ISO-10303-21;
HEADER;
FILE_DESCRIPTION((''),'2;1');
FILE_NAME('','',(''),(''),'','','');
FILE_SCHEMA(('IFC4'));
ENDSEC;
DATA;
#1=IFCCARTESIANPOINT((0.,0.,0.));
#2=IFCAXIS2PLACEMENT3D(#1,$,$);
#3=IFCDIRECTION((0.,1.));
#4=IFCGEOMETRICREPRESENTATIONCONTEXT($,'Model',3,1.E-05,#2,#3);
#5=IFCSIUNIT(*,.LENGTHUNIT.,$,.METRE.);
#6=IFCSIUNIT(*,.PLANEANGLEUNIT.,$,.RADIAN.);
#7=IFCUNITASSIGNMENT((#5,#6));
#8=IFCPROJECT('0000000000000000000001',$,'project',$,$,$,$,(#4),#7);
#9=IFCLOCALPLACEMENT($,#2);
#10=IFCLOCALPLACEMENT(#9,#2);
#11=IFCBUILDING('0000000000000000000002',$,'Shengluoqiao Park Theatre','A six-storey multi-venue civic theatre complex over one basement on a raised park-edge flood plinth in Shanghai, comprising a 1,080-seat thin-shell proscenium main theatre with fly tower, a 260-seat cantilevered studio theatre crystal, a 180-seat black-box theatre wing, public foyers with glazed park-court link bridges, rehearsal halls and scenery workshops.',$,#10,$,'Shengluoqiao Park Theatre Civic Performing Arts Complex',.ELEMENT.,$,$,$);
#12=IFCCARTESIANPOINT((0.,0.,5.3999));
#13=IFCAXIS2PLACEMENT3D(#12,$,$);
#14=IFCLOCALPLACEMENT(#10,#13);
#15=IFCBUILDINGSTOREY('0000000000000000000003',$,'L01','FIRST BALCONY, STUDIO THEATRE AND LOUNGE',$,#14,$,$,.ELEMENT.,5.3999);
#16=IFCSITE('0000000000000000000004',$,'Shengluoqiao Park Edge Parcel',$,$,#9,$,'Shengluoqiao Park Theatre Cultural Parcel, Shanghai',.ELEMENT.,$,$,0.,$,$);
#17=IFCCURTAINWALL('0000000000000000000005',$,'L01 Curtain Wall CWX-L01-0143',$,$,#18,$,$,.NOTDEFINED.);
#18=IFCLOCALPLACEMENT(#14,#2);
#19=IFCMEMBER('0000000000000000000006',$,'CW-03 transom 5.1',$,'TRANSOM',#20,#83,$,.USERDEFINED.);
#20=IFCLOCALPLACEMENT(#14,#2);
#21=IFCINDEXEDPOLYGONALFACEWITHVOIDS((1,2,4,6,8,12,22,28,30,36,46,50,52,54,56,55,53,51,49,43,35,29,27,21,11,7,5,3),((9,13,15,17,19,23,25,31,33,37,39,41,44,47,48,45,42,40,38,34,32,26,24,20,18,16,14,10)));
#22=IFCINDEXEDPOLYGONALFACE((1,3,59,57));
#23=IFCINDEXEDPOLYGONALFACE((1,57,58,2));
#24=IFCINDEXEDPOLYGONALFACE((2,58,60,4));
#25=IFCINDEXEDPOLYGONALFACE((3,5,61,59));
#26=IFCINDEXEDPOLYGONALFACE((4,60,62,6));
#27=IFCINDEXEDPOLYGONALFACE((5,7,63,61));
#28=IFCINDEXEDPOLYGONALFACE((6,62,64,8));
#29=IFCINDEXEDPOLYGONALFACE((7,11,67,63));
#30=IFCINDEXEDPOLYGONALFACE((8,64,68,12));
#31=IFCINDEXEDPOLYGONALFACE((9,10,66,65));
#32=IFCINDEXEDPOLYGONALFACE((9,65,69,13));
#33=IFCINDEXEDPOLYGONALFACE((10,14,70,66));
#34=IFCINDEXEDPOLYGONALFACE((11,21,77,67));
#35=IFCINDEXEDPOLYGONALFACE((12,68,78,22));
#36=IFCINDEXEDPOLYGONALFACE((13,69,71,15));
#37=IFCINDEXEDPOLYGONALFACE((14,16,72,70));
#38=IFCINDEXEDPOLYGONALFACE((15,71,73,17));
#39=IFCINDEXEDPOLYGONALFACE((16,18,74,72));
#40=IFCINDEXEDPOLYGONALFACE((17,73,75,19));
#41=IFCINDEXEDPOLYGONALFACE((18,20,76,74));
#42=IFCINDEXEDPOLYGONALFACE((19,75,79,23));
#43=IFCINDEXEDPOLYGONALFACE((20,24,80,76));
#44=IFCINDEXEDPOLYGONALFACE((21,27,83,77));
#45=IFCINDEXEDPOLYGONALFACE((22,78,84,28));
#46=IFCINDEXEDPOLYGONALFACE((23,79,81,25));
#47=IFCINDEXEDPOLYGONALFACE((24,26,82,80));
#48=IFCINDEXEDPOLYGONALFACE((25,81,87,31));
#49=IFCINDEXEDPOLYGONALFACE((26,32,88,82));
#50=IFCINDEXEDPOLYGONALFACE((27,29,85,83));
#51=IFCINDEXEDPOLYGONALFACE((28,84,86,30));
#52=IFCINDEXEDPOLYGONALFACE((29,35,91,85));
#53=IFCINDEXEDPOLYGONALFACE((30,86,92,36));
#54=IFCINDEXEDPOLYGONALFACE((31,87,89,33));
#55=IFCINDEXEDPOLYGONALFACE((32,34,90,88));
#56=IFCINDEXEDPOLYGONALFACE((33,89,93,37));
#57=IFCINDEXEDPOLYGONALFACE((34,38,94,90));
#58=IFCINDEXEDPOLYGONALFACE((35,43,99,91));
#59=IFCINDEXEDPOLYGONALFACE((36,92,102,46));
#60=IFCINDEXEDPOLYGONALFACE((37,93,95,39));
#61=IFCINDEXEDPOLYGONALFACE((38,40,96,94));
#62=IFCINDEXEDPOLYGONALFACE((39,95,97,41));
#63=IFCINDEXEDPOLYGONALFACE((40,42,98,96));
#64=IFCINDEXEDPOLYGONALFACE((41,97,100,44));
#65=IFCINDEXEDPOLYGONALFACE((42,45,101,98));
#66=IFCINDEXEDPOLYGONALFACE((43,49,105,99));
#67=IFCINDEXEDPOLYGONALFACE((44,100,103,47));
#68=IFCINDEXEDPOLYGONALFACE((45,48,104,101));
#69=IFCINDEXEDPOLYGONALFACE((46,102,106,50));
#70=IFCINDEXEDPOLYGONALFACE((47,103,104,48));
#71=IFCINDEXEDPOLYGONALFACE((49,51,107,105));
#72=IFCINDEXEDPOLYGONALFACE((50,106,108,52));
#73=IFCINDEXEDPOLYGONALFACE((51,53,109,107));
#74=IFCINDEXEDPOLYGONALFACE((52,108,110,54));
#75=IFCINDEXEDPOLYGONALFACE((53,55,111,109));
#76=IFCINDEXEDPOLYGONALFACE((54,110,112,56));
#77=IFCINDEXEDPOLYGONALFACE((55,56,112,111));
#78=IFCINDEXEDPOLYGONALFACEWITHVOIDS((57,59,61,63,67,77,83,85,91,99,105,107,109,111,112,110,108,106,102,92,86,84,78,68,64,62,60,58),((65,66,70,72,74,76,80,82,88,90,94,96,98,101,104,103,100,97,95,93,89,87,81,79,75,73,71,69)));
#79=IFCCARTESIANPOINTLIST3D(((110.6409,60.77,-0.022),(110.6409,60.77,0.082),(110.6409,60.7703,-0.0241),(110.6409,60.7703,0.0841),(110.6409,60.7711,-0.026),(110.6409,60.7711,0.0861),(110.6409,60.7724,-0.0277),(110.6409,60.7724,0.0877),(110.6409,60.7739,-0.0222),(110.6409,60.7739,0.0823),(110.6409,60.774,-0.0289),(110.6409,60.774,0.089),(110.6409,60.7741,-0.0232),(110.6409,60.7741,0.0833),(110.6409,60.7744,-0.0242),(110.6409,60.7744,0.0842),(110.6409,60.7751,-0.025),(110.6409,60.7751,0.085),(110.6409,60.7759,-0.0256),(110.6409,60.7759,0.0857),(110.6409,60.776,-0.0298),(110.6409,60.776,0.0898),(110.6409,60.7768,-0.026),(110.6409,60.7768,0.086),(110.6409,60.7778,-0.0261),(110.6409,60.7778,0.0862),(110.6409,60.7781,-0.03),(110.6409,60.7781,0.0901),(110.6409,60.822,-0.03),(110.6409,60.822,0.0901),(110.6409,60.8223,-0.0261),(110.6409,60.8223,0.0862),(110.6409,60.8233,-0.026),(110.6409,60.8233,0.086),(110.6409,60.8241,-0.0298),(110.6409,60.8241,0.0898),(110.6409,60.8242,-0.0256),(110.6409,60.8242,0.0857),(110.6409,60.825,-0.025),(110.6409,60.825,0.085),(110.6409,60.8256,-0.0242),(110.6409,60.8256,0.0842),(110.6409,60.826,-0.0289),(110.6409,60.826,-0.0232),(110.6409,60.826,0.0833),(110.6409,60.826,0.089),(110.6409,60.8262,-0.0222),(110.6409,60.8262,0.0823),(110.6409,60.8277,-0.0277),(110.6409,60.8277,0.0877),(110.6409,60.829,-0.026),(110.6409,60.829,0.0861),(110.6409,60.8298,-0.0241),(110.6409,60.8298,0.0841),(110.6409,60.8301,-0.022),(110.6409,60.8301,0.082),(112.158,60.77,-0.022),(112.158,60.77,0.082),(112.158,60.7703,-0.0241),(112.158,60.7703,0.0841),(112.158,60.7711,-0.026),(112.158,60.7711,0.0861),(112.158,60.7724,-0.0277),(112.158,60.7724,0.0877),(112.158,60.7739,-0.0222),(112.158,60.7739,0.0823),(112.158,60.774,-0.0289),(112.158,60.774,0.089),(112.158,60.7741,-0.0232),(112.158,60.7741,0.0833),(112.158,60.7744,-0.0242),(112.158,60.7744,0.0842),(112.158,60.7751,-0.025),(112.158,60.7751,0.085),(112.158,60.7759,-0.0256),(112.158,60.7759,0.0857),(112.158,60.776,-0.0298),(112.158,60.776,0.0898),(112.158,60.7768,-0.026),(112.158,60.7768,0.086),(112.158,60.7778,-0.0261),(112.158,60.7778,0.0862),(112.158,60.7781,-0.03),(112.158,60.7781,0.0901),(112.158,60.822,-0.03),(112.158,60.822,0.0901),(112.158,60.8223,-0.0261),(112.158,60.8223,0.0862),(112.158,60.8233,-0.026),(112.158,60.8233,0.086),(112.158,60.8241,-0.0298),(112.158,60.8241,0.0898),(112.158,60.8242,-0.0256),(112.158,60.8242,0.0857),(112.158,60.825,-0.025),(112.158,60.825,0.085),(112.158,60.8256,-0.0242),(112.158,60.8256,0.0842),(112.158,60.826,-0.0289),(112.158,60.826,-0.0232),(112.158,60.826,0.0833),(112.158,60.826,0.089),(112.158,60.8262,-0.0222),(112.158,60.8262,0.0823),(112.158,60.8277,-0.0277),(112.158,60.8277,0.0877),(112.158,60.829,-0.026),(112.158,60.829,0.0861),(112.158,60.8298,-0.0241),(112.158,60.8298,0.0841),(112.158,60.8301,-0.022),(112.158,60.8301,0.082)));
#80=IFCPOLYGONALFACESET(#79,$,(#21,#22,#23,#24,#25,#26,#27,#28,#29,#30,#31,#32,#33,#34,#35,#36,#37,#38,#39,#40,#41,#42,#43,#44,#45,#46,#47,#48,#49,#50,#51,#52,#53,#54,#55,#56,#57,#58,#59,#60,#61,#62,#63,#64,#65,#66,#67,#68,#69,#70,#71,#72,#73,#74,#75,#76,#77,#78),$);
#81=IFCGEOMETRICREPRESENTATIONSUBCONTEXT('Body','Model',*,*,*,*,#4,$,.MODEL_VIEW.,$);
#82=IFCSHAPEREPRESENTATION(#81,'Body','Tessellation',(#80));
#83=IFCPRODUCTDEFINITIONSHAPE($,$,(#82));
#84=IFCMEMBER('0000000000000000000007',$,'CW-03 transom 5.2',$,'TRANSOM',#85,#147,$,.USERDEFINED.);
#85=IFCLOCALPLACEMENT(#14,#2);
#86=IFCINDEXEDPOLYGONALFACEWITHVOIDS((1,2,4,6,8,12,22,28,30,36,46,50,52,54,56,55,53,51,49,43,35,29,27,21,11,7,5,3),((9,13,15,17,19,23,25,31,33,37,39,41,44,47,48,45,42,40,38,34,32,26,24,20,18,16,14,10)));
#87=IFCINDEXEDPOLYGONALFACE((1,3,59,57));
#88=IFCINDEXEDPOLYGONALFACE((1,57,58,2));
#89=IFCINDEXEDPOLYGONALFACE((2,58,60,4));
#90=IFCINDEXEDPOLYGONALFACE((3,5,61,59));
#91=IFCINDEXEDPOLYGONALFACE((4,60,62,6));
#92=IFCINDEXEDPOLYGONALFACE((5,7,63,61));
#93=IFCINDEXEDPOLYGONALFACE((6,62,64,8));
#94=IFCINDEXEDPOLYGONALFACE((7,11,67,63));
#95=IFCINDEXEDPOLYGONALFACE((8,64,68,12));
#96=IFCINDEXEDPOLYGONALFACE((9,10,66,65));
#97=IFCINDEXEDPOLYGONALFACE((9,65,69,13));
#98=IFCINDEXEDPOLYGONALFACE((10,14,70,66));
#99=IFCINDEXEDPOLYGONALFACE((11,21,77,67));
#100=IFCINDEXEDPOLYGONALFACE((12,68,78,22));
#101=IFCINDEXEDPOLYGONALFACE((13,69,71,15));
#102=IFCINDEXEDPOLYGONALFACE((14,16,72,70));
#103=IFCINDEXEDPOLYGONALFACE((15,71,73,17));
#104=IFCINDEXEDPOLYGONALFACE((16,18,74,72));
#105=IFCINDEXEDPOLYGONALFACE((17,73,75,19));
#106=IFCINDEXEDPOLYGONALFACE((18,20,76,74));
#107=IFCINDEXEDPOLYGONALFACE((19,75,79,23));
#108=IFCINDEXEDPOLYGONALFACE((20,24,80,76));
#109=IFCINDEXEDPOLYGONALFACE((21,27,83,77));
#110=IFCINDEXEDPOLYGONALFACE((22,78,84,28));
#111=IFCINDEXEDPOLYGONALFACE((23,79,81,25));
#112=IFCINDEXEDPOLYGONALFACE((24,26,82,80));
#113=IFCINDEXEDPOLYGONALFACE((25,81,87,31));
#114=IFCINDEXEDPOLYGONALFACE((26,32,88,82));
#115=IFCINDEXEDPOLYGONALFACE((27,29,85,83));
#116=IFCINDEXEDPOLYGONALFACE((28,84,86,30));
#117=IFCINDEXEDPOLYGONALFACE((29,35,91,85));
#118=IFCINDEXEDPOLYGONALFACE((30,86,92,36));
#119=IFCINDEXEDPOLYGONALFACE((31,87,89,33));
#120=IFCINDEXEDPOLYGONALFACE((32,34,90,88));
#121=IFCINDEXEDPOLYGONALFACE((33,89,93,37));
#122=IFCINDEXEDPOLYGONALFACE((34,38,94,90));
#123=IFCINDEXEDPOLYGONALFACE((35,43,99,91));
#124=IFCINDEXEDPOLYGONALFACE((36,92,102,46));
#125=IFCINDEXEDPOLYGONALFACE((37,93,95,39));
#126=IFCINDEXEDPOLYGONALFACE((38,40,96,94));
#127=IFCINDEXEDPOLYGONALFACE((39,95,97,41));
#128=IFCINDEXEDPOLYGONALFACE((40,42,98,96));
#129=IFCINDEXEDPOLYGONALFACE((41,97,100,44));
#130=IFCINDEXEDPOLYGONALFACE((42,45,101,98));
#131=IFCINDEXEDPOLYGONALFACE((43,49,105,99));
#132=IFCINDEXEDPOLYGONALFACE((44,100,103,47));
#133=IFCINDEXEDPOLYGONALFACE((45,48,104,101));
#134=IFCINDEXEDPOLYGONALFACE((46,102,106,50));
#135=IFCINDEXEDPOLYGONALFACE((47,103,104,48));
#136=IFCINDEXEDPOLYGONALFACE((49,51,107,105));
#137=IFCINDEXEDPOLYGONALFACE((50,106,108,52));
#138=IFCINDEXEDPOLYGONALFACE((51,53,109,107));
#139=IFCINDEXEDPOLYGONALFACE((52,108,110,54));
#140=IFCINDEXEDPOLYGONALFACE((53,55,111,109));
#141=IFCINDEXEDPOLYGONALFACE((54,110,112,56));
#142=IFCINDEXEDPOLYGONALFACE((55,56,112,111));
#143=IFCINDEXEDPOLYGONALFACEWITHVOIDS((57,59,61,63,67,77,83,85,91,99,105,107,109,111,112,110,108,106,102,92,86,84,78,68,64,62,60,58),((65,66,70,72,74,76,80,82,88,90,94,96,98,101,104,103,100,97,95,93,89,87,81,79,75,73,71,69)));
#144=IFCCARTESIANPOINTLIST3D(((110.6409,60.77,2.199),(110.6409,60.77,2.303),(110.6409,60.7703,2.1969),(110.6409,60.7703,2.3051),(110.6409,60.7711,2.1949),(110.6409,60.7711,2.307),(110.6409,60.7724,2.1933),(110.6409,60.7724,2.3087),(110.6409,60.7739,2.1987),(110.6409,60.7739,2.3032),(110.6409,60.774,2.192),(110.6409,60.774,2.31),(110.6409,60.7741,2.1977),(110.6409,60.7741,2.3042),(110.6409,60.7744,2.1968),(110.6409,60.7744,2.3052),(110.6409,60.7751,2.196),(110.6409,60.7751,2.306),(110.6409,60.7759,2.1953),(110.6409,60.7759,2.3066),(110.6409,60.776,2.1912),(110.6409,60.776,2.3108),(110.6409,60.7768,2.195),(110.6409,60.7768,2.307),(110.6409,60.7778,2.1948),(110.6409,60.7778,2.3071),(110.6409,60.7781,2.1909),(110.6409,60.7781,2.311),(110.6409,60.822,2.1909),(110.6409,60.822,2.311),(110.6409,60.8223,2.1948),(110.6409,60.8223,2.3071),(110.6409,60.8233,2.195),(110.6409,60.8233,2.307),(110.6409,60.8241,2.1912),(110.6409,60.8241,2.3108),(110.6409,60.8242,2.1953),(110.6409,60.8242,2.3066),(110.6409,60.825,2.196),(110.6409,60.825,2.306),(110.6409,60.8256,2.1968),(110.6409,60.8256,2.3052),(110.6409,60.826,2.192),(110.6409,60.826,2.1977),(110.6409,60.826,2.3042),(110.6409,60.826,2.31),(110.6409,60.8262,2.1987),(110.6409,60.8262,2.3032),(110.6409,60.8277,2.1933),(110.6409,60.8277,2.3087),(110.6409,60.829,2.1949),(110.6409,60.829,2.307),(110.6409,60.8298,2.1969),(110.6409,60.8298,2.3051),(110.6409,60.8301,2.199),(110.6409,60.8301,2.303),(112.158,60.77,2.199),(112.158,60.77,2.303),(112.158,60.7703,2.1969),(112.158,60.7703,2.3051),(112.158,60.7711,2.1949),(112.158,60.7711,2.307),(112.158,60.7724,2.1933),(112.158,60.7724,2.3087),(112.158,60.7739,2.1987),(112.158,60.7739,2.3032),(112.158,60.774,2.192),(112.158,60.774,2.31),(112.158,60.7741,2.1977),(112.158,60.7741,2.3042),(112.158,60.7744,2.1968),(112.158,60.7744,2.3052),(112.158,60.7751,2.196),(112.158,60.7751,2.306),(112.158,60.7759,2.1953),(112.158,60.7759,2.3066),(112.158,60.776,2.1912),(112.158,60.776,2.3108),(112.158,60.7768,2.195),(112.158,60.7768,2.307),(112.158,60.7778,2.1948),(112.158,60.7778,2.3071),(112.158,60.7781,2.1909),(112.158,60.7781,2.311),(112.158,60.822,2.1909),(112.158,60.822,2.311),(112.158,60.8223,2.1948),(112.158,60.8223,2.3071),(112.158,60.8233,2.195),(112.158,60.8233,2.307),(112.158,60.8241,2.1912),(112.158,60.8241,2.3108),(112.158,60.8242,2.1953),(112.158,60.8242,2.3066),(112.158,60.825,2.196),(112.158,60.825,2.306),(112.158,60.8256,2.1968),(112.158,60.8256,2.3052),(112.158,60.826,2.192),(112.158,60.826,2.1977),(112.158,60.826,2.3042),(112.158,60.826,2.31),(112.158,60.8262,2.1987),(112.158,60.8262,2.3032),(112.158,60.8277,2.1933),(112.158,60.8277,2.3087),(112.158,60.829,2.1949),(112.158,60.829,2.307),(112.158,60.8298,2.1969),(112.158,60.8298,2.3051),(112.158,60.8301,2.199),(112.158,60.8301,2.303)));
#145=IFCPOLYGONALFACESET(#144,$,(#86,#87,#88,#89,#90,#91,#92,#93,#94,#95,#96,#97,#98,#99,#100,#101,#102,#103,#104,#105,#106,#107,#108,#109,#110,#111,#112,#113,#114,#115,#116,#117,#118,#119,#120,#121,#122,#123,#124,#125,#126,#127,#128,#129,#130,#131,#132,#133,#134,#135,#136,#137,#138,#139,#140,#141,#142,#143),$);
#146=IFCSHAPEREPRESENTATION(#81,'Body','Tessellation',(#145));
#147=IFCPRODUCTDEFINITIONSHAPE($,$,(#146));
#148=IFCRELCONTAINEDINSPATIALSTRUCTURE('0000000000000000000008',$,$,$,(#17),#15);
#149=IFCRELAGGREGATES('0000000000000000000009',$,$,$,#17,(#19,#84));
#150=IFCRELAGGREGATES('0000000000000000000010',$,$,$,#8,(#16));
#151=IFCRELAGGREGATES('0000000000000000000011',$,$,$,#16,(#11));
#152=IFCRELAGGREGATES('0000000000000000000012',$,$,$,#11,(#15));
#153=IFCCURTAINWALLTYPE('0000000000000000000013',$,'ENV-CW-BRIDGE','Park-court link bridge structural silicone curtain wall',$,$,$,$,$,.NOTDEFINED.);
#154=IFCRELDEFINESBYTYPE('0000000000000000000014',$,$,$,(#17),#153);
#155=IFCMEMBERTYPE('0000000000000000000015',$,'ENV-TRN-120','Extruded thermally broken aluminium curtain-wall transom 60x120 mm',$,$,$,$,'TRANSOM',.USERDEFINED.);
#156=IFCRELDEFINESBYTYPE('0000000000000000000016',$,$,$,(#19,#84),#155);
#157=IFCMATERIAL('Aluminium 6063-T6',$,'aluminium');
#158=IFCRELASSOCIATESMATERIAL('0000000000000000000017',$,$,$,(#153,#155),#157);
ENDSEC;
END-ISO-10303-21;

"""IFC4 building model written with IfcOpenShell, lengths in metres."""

from ifc_helpers import new_model, si_unit, direction, frame, origin, origin_2d, place, context, subcontext, project, spatial, hollow_rectangle, extrude, material, material_profile, profile_set, type_object, element, aggregate, save


model = new_model("IFC4")

# Units and contexts
model_context = context("Model", 3, precision=1e-05, world=origin(), true_north=direction((0.0, 1.0)))
body_context = subcontext(model_context, "Body", "Model", "MODEL_VIEW")
ifc_project = project(units=[si_unit("LENGTHUNIT", "METRE"), si_unit("PLANEANGLEUNIT", "RADIAN")], contexts=[model_context])

# Site, building, storey
site_placement = place(None, origin())
site = spatial("IfcSite", under=ifc_project, at=site_placement, Name="Shengluoqiao Park Edge Parcel", LongName="Shengluoqiao Park Theatre Cultural Parcel, Shanghai", CompositionType="ELEMENT", RefElevation=0.0)
building_placement = place(site_placement, origin())
building = spatial("IfcBuilding", under=site, at=building_placement, Name="Shengluoqiao Park Theatre", Description="A six-storey multi-venue civic theatre complex over one basement on a raised park-edge flood plinth in Shanghai, comprising a 1,080-seat thin-shell proscenium main theatre with fly tower, a 260-seat cantilevered studio theatre crystal, a 180-seat black-box theatre wing, public foyers with glazed park-court link bridges, rehearsal halls and scenery workshops.", LongName="Shengluoqiao Park Theatre Civic Performing Arts Complex", CompositionType="ELEMENT")
storey_placement = place(building_placement, frame((0.0, 0.0, 5.3999)))
storey = spatial("IfcBuildingStorey", under=building, at=storey_placement, Name="L01", Description="FIRST BALCONY, STUDIO THEATRE AND LOUNGE", CompositionType="ELEMENT", Elevation=5.3999)

# Curtain wall
ifc_material_1 = material(Name="Aluminium 6063-T6", Category="aluminium")
curtain_wall_type = type_object("IfcCurtainWallType", Name="ENV-CW-BRIDGE", Description="Park-court link bridge structural silicone curtain wall", PredefinedType="NOTDEFINED", material=ifc_material_1)
curtain_wall_1_placement = place(storey_placement, origin())
curtain_wall_1 = element("IfcCurtainWall", 1, at=curtain_wall_1_placement, inside=storey, type_object=curtain_wall_type, Name="L01 Curtain Wall CWX-L01-0143", PredefinedType="NOTDEFINED")

# Members
ifc_material_profile_1 = material_profile(ifc_material_1, hollow_rectangle(XDim=0.0601, YDim=0.1201, WallThickness=0.0039, InnerFilletRadius=0.0039, OuterFilletRadius=0.0081, at=origin_2d()), Name="ALU TRANSOM 120x60x4")
ifc_profile_set_1 = profile_set([ifc_material_profile_1], Name="Aluminium 6063-T6")
member_type_1 = type_object("IfcMemberType", Name="ENV-TRN-120", Description="Extruded thermally broken aluminium curtain-wall transom 60x120 mm", ElementType="TRANSOM", PredefinedType="USERDEFINED", material=ifc_profile_set_1)
member_1_placement = place(storey_placement, frame((110.6409, 60.8, 0.03), z_axis=(1.0, 0.0, 0.0), x_axis=(0.0, 1.0, 0.0)))
member_1 = element("IfcMember", 2, at=member_1_placement, type_object=member_type_1, Name="CW-03 transom 5.1", ObjectType="TRANSOM", PredefinedType="USERDEFINED", context=body_context, shape_type="SweptSolid", body=[
    extrude(hollow_rectangle(XDim=0.0601, YDim=0.1201, WallThickness=0.0039, InnerFilletRadius=0.0039, OuterFilletRadius=0.0081, at=origin_2d()), origin(), (0.0, 0.0, 1.0), 1.5171),
])
member_2_placement = place(storey_placement, frame((110.6409, 60.8, 2.251), z_axis=(1.0, 0.0, 0.0), x_axis=(0.0, 1.0, 0.0)))
member_2 = element("IfcMember", 3, at=member_2_placement, type_object=member_type_1, Name="CW-03 transom 5.2", ObjectType="TRANSOM", PredefinedType="USERDEFINED", context=body_context, shape_type="SweptSolid", body=[
    extrude(hollow_rectangle(XDim=0.0601, YDim=0.1201, WallThickness=0.0039, InnerFilletRadius=0.0039, OuterFilletRadius=0.0081, at=origin_2d()), origin(), (0.0, 0.0, 1.0), 1.5171),
])

aggregate(curtain_wall_1, [member_1, member_2])

save(model, "model.ifc")
